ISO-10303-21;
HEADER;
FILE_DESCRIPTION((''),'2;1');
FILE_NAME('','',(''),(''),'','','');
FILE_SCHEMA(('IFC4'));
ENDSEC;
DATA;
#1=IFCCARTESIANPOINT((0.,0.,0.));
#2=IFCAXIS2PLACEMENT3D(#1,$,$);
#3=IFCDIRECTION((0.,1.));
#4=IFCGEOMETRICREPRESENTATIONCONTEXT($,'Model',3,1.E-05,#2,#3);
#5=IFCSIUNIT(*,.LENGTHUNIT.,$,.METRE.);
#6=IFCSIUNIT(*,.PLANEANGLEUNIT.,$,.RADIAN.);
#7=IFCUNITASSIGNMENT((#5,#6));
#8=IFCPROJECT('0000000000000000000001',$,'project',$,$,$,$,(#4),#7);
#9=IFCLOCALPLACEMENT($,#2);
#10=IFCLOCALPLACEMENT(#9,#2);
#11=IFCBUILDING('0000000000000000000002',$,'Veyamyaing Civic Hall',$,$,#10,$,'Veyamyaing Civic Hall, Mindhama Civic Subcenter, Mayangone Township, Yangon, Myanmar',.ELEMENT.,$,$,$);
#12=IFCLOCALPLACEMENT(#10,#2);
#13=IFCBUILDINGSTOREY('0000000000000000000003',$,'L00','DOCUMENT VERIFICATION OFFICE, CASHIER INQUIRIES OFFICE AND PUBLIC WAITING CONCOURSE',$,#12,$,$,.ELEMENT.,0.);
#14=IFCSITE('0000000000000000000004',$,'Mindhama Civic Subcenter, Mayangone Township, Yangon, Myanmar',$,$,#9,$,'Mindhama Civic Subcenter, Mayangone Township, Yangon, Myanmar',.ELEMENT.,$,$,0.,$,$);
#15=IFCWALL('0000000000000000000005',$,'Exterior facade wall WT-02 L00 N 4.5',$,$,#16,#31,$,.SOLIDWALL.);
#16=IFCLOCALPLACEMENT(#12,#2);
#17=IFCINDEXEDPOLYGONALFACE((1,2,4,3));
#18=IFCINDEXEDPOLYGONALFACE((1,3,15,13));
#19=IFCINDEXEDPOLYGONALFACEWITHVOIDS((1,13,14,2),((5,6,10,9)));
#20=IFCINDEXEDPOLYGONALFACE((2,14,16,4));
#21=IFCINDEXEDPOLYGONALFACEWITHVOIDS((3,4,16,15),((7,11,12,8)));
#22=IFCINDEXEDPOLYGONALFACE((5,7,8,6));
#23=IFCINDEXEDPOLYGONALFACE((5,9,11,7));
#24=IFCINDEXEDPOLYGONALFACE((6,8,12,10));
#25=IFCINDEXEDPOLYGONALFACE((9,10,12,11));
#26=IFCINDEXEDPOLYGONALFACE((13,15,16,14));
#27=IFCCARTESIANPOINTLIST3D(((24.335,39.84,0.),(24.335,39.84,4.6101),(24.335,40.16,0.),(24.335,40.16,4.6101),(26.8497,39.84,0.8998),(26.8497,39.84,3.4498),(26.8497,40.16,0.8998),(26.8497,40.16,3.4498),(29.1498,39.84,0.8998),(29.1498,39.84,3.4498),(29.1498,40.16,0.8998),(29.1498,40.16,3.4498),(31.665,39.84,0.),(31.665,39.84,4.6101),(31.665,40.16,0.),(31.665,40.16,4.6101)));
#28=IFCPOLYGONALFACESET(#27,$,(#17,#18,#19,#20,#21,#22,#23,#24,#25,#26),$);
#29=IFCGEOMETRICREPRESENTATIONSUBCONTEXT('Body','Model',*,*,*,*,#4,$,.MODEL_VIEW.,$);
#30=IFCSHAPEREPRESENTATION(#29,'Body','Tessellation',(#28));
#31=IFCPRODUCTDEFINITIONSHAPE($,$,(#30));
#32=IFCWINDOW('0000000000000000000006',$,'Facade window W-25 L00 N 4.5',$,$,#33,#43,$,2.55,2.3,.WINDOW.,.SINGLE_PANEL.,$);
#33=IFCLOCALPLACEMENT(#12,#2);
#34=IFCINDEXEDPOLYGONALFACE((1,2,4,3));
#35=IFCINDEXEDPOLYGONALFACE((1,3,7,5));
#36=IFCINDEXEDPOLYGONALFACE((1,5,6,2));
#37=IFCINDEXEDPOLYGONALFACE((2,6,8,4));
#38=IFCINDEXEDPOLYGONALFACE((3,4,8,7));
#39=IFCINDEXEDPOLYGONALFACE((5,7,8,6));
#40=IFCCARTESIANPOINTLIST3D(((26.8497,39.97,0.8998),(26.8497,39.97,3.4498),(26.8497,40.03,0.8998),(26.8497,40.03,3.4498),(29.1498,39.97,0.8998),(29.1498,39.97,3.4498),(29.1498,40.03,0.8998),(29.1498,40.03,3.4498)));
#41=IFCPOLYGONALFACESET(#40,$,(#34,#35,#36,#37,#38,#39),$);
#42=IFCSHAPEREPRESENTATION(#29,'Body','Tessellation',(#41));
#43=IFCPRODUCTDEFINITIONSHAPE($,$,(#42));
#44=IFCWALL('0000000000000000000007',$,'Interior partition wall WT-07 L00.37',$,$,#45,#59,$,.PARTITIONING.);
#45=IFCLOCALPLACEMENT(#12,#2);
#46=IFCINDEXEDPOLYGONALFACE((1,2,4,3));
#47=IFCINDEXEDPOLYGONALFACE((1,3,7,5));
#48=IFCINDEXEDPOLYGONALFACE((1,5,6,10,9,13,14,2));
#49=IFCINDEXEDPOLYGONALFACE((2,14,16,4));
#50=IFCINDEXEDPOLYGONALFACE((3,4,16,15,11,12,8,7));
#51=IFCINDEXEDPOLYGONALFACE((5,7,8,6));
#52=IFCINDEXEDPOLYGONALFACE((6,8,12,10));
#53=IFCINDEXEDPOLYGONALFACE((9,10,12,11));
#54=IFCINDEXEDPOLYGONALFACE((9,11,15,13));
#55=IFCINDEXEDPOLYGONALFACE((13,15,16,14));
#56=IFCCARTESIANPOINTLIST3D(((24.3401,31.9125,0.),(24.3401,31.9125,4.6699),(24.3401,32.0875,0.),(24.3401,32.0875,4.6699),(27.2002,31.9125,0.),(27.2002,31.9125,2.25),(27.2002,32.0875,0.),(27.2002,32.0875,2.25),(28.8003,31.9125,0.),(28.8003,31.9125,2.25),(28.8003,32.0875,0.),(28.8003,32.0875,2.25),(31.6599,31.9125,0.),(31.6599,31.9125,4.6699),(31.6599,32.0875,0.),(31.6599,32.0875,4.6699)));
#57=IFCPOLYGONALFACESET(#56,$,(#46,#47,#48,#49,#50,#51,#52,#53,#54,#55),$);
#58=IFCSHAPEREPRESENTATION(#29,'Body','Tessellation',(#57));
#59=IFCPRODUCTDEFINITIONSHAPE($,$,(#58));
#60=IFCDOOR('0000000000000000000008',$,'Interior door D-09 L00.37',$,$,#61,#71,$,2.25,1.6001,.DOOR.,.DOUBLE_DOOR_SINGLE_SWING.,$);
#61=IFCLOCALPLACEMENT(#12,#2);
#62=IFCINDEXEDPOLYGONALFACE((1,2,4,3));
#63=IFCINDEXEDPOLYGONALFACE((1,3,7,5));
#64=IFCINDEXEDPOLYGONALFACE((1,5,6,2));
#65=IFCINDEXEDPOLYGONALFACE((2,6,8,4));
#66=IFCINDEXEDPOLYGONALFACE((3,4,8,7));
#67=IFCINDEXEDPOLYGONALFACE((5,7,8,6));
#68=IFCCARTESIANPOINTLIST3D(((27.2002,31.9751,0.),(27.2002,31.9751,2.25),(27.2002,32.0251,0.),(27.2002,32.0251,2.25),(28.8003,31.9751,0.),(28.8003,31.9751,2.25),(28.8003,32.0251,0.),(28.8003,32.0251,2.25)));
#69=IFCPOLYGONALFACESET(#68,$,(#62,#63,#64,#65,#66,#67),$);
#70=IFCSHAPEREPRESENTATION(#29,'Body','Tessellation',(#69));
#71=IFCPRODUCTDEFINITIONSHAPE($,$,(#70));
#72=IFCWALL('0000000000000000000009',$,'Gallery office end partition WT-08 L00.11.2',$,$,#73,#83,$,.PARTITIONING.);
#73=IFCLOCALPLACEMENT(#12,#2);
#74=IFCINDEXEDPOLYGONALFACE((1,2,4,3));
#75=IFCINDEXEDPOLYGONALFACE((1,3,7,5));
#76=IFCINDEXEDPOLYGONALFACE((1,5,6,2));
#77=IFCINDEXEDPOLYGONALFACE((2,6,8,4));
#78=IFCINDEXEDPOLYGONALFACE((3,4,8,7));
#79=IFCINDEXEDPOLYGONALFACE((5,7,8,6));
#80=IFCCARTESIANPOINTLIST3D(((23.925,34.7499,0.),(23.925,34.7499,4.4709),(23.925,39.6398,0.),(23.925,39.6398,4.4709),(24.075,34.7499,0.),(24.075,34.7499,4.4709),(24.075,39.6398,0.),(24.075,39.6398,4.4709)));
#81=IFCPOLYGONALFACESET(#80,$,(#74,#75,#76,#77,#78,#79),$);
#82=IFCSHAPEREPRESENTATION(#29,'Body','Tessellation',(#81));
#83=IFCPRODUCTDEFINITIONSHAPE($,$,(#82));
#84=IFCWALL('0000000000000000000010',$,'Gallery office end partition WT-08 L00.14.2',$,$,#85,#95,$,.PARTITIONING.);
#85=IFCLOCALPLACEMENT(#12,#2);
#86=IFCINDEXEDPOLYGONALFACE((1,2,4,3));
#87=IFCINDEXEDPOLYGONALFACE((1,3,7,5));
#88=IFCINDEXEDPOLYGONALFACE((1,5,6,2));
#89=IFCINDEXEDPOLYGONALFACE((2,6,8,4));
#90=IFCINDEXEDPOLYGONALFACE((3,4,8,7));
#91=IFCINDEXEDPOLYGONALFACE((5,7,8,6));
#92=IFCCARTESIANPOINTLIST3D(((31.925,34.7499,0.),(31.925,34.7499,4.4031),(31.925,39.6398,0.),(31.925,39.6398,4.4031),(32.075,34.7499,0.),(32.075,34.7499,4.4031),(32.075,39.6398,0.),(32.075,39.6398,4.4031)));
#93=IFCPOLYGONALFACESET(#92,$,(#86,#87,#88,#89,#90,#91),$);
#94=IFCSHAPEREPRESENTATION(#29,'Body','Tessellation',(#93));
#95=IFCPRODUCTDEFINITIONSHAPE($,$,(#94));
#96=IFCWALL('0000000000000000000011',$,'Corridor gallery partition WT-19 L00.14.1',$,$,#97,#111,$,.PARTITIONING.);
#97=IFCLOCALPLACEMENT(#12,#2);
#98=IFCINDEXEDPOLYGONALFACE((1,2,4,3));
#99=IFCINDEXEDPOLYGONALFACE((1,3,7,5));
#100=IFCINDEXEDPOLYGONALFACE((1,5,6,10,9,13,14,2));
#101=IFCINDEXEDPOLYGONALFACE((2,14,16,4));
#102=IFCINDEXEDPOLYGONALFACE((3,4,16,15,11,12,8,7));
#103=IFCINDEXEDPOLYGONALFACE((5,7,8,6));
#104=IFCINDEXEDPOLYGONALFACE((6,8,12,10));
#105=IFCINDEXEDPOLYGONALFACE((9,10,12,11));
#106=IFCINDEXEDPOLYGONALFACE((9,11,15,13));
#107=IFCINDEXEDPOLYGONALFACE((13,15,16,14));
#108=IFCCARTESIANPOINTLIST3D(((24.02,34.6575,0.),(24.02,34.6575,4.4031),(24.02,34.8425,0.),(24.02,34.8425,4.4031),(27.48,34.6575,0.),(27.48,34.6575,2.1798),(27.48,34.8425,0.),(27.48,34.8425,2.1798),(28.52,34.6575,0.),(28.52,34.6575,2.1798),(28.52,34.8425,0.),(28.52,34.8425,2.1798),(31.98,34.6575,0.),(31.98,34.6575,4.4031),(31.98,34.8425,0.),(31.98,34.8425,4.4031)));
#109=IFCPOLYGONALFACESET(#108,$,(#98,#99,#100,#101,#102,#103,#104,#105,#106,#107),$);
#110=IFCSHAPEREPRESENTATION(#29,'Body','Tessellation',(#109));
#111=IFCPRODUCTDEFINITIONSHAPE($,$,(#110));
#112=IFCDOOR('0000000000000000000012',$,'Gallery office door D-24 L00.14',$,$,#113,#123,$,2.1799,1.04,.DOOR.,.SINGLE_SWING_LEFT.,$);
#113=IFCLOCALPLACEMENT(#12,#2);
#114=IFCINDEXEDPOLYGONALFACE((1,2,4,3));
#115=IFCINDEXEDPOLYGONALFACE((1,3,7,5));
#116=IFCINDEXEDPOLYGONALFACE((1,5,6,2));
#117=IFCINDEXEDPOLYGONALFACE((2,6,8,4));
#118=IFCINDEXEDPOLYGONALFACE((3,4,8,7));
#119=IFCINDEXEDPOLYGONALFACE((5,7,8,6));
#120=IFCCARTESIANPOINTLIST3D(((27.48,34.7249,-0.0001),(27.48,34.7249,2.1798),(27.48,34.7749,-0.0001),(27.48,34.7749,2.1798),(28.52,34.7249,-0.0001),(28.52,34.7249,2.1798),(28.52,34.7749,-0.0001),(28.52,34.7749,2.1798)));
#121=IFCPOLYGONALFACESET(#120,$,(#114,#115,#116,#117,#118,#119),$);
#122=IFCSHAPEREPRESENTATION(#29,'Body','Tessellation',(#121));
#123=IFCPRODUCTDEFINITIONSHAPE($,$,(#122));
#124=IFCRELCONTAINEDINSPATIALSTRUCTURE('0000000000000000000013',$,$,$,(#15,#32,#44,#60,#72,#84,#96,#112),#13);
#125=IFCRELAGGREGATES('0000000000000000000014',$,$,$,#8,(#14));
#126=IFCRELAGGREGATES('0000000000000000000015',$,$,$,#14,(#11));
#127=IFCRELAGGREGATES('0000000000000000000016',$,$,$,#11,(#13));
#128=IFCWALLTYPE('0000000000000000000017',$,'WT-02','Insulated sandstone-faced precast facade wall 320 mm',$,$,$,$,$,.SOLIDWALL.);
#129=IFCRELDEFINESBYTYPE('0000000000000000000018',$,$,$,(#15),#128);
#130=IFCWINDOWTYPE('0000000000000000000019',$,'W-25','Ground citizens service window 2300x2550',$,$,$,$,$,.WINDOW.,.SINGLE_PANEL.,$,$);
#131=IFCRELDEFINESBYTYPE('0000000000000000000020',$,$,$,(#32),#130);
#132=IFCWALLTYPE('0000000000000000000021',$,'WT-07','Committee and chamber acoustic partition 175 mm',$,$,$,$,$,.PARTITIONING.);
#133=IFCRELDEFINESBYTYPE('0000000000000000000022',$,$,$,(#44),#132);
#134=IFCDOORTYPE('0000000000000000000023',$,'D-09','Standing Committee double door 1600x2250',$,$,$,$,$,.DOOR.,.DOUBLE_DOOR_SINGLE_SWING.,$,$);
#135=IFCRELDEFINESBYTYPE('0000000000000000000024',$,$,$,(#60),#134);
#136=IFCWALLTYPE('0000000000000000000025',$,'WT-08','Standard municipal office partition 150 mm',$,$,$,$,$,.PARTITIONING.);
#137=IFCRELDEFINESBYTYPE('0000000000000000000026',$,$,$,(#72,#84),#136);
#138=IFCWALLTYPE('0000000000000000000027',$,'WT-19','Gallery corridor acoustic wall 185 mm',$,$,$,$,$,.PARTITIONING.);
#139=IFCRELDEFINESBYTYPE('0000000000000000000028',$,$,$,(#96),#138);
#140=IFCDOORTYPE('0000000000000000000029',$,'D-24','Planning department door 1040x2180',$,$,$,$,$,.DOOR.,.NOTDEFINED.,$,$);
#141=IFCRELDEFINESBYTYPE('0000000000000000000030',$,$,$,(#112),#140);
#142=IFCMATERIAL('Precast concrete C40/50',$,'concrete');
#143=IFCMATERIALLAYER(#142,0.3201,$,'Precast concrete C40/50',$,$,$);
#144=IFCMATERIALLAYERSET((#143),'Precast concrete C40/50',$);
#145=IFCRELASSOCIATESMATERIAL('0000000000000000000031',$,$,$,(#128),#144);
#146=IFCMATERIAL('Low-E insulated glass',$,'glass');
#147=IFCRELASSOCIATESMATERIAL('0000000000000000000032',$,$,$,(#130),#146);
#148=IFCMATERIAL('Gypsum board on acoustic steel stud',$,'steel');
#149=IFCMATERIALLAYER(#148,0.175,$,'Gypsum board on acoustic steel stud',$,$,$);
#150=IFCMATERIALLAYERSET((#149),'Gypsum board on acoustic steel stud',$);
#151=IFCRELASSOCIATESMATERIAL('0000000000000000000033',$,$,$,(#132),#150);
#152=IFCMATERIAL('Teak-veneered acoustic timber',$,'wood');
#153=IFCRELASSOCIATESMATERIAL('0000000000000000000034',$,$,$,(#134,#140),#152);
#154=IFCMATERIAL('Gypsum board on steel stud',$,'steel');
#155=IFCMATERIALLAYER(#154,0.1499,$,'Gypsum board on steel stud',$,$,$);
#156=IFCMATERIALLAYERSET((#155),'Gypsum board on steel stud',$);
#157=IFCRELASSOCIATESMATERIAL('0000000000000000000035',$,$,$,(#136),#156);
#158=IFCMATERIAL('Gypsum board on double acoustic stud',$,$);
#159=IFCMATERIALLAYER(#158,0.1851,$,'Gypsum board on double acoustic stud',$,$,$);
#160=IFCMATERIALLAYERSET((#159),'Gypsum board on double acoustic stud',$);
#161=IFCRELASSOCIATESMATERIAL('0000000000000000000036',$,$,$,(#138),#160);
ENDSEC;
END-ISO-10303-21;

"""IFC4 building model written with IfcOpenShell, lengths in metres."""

from ifc_helpers import new_model, si_unit, direction, frame, frame_2d, origin, place, context, subcontext, project, spatial, rectangle, extrude, material, layer, layer_set, type_object, element, fill, save


model = new_model("IFC4")

# Units and contexts
model_context = context("Model", 3, precision=1e-05, world=origin(), true_north=direction((0.0, 1.0)))
body_context = subcontext(model_context, "Body", "Model", "MODEL_VIEW")
ifc_project = project(units=[si_unit("LENGTHUNIT", "METRE"), si_unit("PLANEANGLEUNIT", "RADIAN")], contexts=[model_context])

# Site, building, storey
site_placement = place(None, origin())
site = spatial("IfcSite", under=ifc_project, at=site_placement, Name="Mindhama Civic Subcenter, Mayangone Township, Yangon, Myanmar", LongName="Mindhama Civic Subcenter, Mayangone Township, Yangon, Myanmar", CompositionType="ELEMENT", RefElevation=0.0)
building_placement = place(site_placement, origin())
building = spatial("IfcBuilding", under=site, at=building_placement, Name="Veyamyaing Civic Hall", LongName="Veyamyaing Civic Hall, Mindhama Civic Subcenter, Mayangone Township, Yangon, Myanmar", CompositionType="ELEMENT")
storey_placement = place(building_placement, origin())
storey = spatial("IfcBuildingStorey", under=building, at=storey_placement, Name="L00", Description="DOCUMENT VERIFICATION OFFICE, CASHIER INQUIRIES OFFICE AND PUBLIC WAITING CONCOURSE", CompositionType="ELEMENT", Elevation=0.0)

# Wall, opening, window
ifc_material_1 = material(Name="Precast concrete C40/50", Category="concrete")
ifc_layer_1 = layer(ifc_material_1, 0.3201, Name="Precast concrete C40/50")
ifc_layer_set_1 = layer_set([ifc_layer_1], Name="Precast concrete C40/50")
wall_type_1 = type_object("IfcWallType", Name="WT-02", Description="Insulated sandstone-faced precast facade wall 320 mm", PredefinedType="SOLIDWALL", material=ifc_layer_set_1)
wall_1_placement = place(storey_placement, frame((24.335, 40.0, 0.0), z_axis=(0.0, 0.0, 1.0), x_axis=(1.0, 0.0, 0.0)))
wall_1 = element("IfcWall", 1, at=wall_1_placement, inside=storey, type_object=wall_type_1, Name="Exterior facade wall WT-02 L00 N 4.5", PredefinedType="SOLIDWALL", context=body_context, shape_type="SweptSolid", body=[
    extrude(rectangle(XDim=7.3301, YDim=0.3201, at=frame_2d((3.665, 0.0))), origin(), (0.0, 0.0, 1.0), 4.6101),
])
opening_1_placement = place(wall_1_placement, frame((2.5149, 0.0, 0.8999)))
opening_1 = element("IfcOpeningElement", 2, at=opening_1_placement, cuts=wall_1, PredefinedType="OPENING", context=body_context, shape_type="SweptSolid", body=[
    extrude(rectangle(XDim=2.3, YDim=2.55, at=frame_2d((1.1499, 1.2749))), frame((0.0, 0.1699, 0.0), z_axis=(0.0, -1.0, 0.0), x_axis=(1.0, 0.0, 0.0)), (0.0, 0.0, 1.0), 0.3401),
])
ifc_material_2 = material(Name="Low-E insulated glass", Category="glass")
window_type = type_object("IfcWindowType", Name="W-25", Description="Ground citizens service window 2300x2550", PartitioningType="SINGLE_PANEL", PredefinedType="WINDOW", material=ifc_material_2)
window_placement = place(opening_1_placement, origin())
window = element("IfcWindow", 3, at=window_placement, inside=storey, type_object=window_type, Name="Facade window W-25 L00 N 4.5", OverallHeight=2.55, OverallWidth=2.3, PartitioningType="SINGLE_PANEL", PredefinedType="WINDOW", context=body_context, shape_type="SweptSolid", body=[
    extrude(rectangle(XDim=2.3, YDim=2.55, at=frame_2d((1.1499, 1.2749))), frame((0.0, 0.03, 0.0), z_axis=(0.0, -1.0, 0.0), x_axis=(1.0, 0.0, 0.0)), (0.0, 0.0, 1.0), 0.0601),
])
fill(opening_1, window)

# Wall, opening, door
ifc_material_3 = material(Name="Gypsum board on acoustic steel stud", Category="steel")
ifc_layer_2 = layer(ifc_material_3, 0.175, Name="Gypsum board on acoustic steel stud")
ifc_layer_set_2 = layer_set([ifc_layer_2], Name="Gypsum board on acoustic steel stud")
wall_type_2 = type_object("IfcWallType", Name="WT-07", Description="Committee and chamber acoustic partition 175 mm", PredefinedType="PARTITIONING", material=ifc_layer_set_2)
wall_2_placement = place(storey_placement, frame((24.3401, 32.0, 0.0), z_axis=(0.0, 0.0, 1.0), x_axis=(1.0, 0.0, 0.0)))
wall_2 = element("IfcWall", 4, at=wall_2_placement, inside=storey, type_object=wall_type_2, Name="Interior partition wall WT-07 L00.37", PredefinedType="PARTITIONING", context=body_context, shape_type="SweptSolid", body=[
    extrude(rectangle(XDim=7.3198, YDim=0.175, at=frame_2d((3.6599, 0.0))), origin(), (0.0, 0.0, 1.0), 4.6699),
])
opening_2_placement = place(wall_2_placement, frame((2.8601, 0.0, 0.0)))
opening_2 = element("IfcOpeningElement", 5, at=opening_2_placement, cuts=wall_2, PredefinedType="OPENING", context=body_context, shape_type="SweptSolid", body=[
    extrude(rectangle(XDim=1.6001, YDim=2.25, at=frame_2d((0.8, 1.125))), frame((0.0, 0.0974, 0.0), z_axis=(0.0, -1.0, 0.0), x_axis=(1.0, 0.0, 0.0)), (0.0, 0.0, 1.0), 0.1951),
])
ifc_material_4 = material(Name="Teak-veneered acoustic timber", Category="wood")
door_type_1 = type_object("IfcDoorType", Name="D-09", Description="Standing Committee double door 1600x2250", OperationType="DOUBLE_DOOR_SINGLE_SWING", PredefinedType="DOOR", material=ifc_material_4)
door_1_placement = place(opening_2_placement, frame((1.6001, 0.0, 0.0), z_axis=(0.0, 0.0, 1.0), x_axis=(-1.0, 0.0, 0.0)))
door_1 = element("IfcDoor", 6, at=door_1_placement, inside=storey, type_object=door_type_1, Name="Interior door D-09 L00.37", OperationType="DOUBLE_DOOR_SINGLE_SWING", OverallHeight=2.25, OverallWidth=1.6001, PredefinedType="DOOR", context=body_context, shape_type="SweptSolid", body=[
    extrude(rectangle(XDim=1.6001, YDim=2.25, at=frame_2d((0.8, 1.125))), frame((0.0, 0.0249, 0.0), z_axis=(0.0, -1.0, 0.0), x_axis=(1.0, 0.0, 0.0)), (0.0, 0.0, 1.0), 0.05),
])
fill(opening_2, door_1)

# Walls
ifc_material_5 = material(Name="Gypsum board on steel stud", Category="steel")
ifc_layer_3 = layer(ifc_material_5, 0.1499, Name="Gypsum board on steel stud")
ifc_layer_set_3 = layer_set([ifc_layer_3], Name="Gypsum board on steel stud")
wall_type_3 = type_object("IfcWallType", Name="WT-08", Description="Standard municipal office partition 150 mm", PredefinedType="PARTITIONING", material=ifc_layer_set_3)
wall_3_placement = place(storey_placement, frame((24.0, 34.75, 0.0), z_axis=(0.0, 0.0, 1.0), x_axis=(0.0, 1.0, 0.0)))
element("IfcWall", 7, at=wall_3_placement, inside=storey, type_object=wall_type_3, Name="Gallery office end partition WT-08 L00.11.2", PredefinedType="PARTITIONING", context=body_context, shape_type="SweptSolid", body=[
    extrude(rectangle(XDim=4.8899, YDim=0.1499, at=frame_2d((2.4448, 0.0))), origin(), (0.0, 0.0, 1.0), 4.4709),
])
wall_4_placement = place(storey_placement, frame((32.0, 34.75, 0.0), z_axis=(0.0, 0.0, 1.0), x_axis=(0.0, 1.0, 0.0)))
element("IfcWall", 8, at=wall_4_placement, inside=storey, type_object=wall_type_3, Name="Gallery office end partition WT-08 L00.14.2", PredefinedType="PARTITIONING", context=body_context, shape_type="SweptSolid", body=[
    extrude(rectangle(XDim=4.8899, YDim=0.1499, at=frame_2d((2.4448, 0.0))), origin(), (0.0, 0.0, 1.0), 4.4031),
])

# Wall, opening, door
ifc_material_6 = material(Name="Gypsum board on double acoustic stud")
ifc_layer_4 = layer(ifc_material_6, 0.1851, Name="Gypsum board on double acoustic stud")
ifc_layer_set_4 = layer_set([ifc_layer_4], Name="Gypsum board on double acoustic stud")
wall_type_4 = type_object("IfcWallType", Name="WT-19", Description="Gallery corridor acoustic wall 185 mm", PredefinedType="PARTITIONING", material=ifc_layer_set_4)
wall_5_placement = place(storey_placement, frame((24.02, 34.75, 0.0), z_axis=(0.0, 0.0, 1.0), x_axis=(1.0, 0.0, 0.0)))
wall_5 = element("IfcWall", 9, at=wall_5_placement, inside=storey, type_object=wall_type_4, Name="Corridor gallery partition WT-19 L00.14.1", PredefinedType="PARTITIONING", context=body_context, shape_type="SweptSolid", body=[
    extrude(rectangle(XDim=7.96, YDim=0.1851, at=frame_2d((3.98, 0.0))), origin(), (0.0, 0.0, 1.0), 4.4031),
])
opening_3_placement = place(wall_5_placement, frame((3.46, 0.0, 0.0)))
opening_3 = element("IfcOpeningElement", 10, at=opening_3_placement, cuts=wall_5, PredefinedType="OPENING", context=body_context, shape_type="SweptSolid", body=[
    extrude(rectangle(XDim=1.04, YDim=2.1799, at=frame_2d((0.52, 1.0898))), frame((0.0, 0.1025, 0.0), z_axis=(0.0, -1.0, 0.0), x_axis=(1.0, 0.0, 0.0)), (0.0, 0.0, 1.0), 0.2051),
])
door_type_2 = type_object("IfcDoorType", Name="D-24", Description="Planning department door 1040x2180", OperationType="NOTDEFINED", PredefinedType="DOOR", material=ifc_material_4)
door_2_placement = place(opening_3_placement, origin())
door_2 = element("IfcDoor", 11, at=door_2_placement, inside=storey, type_object=door_type_2, Name="Gallery office door D-24 L00.14", OperationType="SINGLE_SWING_LEFT", OverallHeight=2.1799, OverallWidth=1.04, PredefinedType="DOOR", context=body_context, shape_type="SweptSolid", body=[
    extrude(rectangle(XDim=1.04, YDim=2.1799, at=frame_2d((0.52, 1.0898))), frame((0.0, 0.0249, 0.0), z_axis=(0.0, -1.0, 0.0), x_axis=(1.0, 0.0, 0.0)), (0.0, 0.0, 1.0), 0.05),
])
fill(opening_3, door_2)

save(model, "model.ifc")
